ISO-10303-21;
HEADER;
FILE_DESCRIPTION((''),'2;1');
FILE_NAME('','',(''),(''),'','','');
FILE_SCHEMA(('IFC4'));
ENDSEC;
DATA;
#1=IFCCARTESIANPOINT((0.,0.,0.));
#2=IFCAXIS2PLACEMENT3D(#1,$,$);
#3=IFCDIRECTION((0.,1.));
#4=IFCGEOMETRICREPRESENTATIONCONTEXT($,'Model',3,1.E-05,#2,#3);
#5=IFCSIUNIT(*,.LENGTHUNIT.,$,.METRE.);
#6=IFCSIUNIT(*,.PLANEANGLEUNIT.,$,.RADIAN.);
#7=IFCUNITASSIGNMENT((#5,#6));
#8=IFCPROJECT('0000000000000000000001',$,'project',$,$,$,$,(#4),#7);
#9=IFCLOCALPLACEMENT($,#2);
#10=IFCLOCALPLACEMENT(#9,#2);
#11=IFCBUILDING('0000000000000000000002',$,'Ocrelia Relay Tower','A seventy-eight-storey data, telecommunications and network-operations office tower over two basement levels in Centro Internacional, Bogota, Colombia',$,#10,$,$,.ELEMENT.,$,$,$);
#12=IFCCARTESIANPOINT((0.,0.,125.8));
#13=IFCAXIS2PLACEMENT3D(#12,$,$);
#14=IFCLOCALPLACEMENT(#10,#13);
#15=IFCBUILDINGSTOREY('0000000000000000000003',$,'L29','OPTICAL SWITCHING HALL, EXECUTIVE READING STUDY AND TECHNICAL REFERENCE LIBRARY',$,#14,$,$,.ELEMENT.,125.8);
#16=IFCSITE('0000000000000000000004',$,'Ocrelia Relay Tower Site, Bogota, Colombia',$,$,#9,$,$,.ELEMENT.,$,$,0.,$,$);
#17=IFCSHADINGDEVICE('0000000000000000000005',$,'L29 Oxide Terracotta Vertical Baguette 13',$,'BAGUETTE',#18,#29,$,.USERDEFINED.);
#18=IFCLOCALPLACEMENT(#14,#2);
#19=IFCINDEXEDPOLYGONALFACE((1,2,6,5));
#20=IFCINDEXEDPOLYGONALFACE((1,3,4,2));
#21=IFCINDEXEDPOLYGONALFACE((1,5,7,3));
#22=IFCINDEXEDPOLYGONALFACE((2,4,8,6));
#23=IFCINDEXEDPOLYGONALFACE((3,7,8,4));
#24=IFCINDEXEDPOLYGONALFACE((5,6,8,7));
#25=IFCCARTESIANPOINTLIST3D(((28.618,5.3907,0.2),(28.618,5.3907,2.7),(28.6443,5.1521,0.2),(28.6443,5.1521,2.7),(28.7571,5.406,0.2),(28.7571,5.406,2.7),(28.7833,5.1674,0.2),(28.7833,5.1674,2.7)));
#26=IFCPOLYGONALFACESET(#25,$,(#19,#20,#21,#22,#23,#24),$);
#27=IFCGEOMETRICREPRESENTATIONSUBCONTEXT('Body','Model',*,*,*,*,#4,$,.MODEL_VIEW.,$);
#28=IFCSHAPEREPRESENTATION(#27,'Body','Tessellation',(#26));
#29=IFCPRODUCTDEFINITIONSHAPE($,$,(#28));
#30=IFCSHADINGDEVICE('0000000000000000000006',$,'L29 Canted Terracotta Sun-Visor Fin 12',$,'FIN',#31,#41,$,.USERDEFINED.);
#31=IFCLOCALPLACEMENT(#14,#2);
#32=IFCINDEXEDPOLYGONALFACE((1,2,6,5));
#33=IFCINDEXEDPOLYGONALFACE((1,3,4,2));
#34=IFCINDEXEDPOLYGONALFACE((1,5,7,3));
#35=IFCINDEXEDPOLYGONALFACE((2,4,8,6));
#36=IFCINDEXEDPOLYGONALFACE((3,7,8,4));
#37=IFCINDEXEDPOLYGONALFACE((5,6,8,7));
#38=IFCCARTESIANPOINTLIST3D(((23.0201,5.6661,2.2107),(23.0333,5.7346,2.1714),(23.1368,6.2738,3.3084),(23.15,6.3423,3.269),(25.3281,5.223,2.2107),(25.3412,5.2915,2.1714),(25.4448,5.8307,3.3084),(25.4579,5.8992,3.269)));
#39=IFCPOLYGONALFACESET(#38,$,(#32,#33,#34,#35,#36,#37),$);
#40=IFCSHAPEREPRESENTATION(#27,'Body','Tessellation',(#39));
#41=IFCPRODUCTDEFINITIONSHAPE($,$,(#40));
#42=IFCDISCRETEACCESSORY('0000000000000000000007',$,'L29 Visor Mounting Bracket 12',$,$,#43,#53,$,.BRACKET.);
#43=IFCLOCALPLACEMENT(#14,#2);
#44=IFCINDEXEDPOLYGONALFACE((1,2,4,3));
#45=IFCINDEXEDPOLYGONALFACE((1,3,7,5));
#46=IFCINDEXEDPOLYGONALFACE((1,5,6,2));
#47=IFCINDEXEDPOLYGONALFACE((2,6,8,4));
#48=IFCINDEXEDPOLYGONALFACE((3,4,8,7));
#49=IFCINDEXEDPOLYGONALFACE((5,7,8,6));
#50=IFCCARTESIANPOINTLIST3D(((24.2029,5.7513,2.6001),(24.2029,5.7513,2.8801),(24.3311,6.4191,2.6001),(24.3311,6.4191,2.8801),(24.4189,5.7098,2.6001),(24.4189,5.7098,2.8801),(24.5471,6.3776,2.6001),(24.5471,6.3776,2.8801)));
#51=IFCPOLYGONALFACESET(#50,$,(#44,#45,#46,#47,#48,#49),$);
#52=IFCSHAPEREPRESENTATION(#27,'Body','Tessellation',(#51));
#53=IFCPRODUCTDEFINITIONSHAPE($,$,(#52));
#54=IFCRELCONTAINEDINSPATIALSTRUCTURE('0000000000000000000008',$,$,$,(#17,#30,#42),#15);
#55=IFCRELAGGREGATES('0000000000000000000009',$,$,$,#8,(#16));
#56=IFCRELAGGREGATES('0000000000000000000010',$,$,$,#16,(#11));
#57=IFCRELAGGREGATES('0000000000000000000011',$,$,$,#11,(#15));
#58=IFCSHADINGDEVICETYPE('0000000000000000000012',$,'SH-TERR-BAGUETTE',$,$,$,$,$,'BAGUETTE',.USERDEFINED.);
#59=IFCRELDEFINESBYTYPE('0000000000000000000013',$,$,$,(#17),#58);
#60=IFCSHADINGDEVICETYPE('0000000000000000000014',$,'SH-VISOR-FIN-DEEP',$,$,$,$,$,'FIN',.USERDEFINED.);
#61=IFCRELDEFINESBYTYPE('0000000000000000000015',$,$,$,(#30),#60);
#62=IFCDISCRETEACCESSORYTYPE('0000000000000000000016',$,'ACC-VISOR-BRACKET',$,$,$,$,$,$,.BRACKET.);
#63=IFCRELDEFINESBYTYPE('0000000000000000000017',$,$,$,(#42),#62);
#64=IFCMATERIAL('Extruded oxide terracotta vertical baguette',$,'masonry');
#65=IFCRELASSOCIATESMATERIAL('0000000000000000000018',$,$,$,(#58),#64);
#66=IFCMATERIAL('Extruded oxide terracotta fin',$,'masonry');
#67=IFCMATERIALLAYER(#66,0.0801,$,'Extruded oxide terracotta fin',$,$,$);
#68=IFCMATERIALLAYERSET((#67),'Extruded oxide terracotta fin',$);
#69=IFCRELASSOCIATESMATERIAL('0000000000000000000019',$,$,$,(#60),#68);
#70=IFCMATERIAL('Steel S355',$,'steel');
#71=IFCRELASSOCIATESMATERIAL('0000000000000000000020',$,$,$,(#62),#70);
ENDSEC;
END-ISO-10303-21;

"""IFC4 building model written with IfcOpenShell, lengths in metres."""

from ifc_helpers import new_model, si_unit, direction, frame, origin, origin_2d, place, context, subcontext, project, spatial, rectangle, extrude, material, layer, layer_set, type_object, element, save


model = new_model("IFC4")

# Units and contexts
model_context = context("Model", 3, precision=1e-05, world=origin(), true_north=direction((0.0, 1.0)))
body_context = subcontext(model_context, "Body", "Model", "MODEL_VIEW")
ifc_project = project(units=[si_unit("LENGTHUNIT", "METRE"), si_unit("PLANEANGLEUNIT", "RADIAN")], contexts=[model_context])

# Site, building, storey
site_placement = place(None, origin())
site = spatial("IfcSite", under=ifc_project, at=site_placement, Name="Ocrelia Relay Tower Site, Bogota, Colombia", CompositionType="ELEMENT", RefElevation=0.0)
building_placement = place(site_placement, origin())
building = spatial("IfcBuilding", under=site, at=building_placement, Name="Ocrelia Relay Tower", Description="A seventy-eight-storey data, telecommunications and network-operations office tower over two basement levels in Centro Internacional, Bogota, Colombia", CompositionType="ELEMENT")
storey_placement = place(building_placement, frame((0.0, 0.0, 125.8)))
storey = spatial("IfcBuildingStorey", under=building, at=storey_placement, Name="L29", Description="OPTICAL SWITCHING HALL, EXECUTIVE READING STUDY AND TECHNICAL REFERENCE LIBRARY", CompositionType="ELEMENT", Elevation=125.8)

# Shared definitions
ifc_material_1 = material(Name="Steel S355", Category="steel")

# Shading devices
ifc_material_2 = material(Name="Extruded oxide terracotta vertical baguette", Category="masonry")
shading_device_type_1 = type_object("IfcShadingDeviceType", Name="SH-TERR-BAGUETTE", ElementType="BAGUETTE", PredefinedType="USERDEFINED", material=ifc_material_2)
shading_device_1_placement = place(storey_placement, frame((28.7007, 5.2791, 0.2), z_axis=(0.0, 0.0, 1.0), x_axis=(0.994002, 0.109363, 0.0)))
element("IfcShadingDevice", 1, at=shading_device_1_placement, inside=storey, type_object=shading_device_type_1, Name="L29 Oxide Terracotta Vertical Baguette 13", ObjectType="BAGUETTE", PredefinedType="USERDEFINED", context=body_context, shape_type="SweptSolid", body=[
    extrude(rectangle(XDim=0.1399, YDim=0.24, at=origin_2d()), origin(), (0.0, 0.0, 1.0), 2.5),
])
ifc_material_3 = material(Name="Extruded oxide terracotta fin", Category="masonry")
ifc_layer_1 = layer(ifc_material_3, 0.0801, Name="Extruded oxide terracotta fin")
ifc_layer_set_1 = layer_set([ifc_layer_1], Name="Extruded oxide terracotta fin")
shading_device_type_2 = type_object("IfcShadingDeviceType", Name="SH-VISOR-FIN-DEEP", ElementType="FIN", PredefinedType="USERDEFINED", material=ifc_layer_set_1)
shading_device_2_placement = place(storey_placement, frame((24.2456, 5.8169, 2.7202), z_axis=(-0.164248, -0.855504, 0.491056), x_axis=(0.982064, -0.188546, 0.0)))
element("IfcShadingDevice", 2, at=shading_device_2_placement, inside=storey, type_object=shading_device_type_2, Name="L29 Canted Terracotta Sun-Visor Fin 12", ObjectType="FIN", PredefinedType="USERDEFINED", context=body_context, shape_type="SweptSolid", body=[
    extrude(rectangle(XDim=2.3501, YDim=1.26, at=origin_2d()), origin(), (0.0, 0.0, 1.0), 0.0801),
])

# Discrete accessory
discrete_accessory_type = type_object("IfcDiscreteAccessoryType", Name="ACC-VISOR-BRACKET", PredefinedType="BRACKET", material=ifc_material_1)
discrete_accessory_placement = place(storey_placement, frame((24.375, 6.0645, 2.6001), z_axis=(0.0, 0.0, 1.0), x_axis=(0.982064, -0.188546, 0.0)))
element("IfcDiscreteAccessory", 3, at=discrete_accessory_placement, inside=storey, type_object=discrete_accessory_type, Name="L29 Visor Mounting Bracket 12", PredefinedType="BRACKET", context=body_context, shape_type="SweptSolid", body=[
    extrude(rectangle(XDim=0.22, YDim=0.6799, at=origin_2d()), origin(), (0.0, 0.0, 1.0), 0.28),
])

save(model, "model.ifc")
